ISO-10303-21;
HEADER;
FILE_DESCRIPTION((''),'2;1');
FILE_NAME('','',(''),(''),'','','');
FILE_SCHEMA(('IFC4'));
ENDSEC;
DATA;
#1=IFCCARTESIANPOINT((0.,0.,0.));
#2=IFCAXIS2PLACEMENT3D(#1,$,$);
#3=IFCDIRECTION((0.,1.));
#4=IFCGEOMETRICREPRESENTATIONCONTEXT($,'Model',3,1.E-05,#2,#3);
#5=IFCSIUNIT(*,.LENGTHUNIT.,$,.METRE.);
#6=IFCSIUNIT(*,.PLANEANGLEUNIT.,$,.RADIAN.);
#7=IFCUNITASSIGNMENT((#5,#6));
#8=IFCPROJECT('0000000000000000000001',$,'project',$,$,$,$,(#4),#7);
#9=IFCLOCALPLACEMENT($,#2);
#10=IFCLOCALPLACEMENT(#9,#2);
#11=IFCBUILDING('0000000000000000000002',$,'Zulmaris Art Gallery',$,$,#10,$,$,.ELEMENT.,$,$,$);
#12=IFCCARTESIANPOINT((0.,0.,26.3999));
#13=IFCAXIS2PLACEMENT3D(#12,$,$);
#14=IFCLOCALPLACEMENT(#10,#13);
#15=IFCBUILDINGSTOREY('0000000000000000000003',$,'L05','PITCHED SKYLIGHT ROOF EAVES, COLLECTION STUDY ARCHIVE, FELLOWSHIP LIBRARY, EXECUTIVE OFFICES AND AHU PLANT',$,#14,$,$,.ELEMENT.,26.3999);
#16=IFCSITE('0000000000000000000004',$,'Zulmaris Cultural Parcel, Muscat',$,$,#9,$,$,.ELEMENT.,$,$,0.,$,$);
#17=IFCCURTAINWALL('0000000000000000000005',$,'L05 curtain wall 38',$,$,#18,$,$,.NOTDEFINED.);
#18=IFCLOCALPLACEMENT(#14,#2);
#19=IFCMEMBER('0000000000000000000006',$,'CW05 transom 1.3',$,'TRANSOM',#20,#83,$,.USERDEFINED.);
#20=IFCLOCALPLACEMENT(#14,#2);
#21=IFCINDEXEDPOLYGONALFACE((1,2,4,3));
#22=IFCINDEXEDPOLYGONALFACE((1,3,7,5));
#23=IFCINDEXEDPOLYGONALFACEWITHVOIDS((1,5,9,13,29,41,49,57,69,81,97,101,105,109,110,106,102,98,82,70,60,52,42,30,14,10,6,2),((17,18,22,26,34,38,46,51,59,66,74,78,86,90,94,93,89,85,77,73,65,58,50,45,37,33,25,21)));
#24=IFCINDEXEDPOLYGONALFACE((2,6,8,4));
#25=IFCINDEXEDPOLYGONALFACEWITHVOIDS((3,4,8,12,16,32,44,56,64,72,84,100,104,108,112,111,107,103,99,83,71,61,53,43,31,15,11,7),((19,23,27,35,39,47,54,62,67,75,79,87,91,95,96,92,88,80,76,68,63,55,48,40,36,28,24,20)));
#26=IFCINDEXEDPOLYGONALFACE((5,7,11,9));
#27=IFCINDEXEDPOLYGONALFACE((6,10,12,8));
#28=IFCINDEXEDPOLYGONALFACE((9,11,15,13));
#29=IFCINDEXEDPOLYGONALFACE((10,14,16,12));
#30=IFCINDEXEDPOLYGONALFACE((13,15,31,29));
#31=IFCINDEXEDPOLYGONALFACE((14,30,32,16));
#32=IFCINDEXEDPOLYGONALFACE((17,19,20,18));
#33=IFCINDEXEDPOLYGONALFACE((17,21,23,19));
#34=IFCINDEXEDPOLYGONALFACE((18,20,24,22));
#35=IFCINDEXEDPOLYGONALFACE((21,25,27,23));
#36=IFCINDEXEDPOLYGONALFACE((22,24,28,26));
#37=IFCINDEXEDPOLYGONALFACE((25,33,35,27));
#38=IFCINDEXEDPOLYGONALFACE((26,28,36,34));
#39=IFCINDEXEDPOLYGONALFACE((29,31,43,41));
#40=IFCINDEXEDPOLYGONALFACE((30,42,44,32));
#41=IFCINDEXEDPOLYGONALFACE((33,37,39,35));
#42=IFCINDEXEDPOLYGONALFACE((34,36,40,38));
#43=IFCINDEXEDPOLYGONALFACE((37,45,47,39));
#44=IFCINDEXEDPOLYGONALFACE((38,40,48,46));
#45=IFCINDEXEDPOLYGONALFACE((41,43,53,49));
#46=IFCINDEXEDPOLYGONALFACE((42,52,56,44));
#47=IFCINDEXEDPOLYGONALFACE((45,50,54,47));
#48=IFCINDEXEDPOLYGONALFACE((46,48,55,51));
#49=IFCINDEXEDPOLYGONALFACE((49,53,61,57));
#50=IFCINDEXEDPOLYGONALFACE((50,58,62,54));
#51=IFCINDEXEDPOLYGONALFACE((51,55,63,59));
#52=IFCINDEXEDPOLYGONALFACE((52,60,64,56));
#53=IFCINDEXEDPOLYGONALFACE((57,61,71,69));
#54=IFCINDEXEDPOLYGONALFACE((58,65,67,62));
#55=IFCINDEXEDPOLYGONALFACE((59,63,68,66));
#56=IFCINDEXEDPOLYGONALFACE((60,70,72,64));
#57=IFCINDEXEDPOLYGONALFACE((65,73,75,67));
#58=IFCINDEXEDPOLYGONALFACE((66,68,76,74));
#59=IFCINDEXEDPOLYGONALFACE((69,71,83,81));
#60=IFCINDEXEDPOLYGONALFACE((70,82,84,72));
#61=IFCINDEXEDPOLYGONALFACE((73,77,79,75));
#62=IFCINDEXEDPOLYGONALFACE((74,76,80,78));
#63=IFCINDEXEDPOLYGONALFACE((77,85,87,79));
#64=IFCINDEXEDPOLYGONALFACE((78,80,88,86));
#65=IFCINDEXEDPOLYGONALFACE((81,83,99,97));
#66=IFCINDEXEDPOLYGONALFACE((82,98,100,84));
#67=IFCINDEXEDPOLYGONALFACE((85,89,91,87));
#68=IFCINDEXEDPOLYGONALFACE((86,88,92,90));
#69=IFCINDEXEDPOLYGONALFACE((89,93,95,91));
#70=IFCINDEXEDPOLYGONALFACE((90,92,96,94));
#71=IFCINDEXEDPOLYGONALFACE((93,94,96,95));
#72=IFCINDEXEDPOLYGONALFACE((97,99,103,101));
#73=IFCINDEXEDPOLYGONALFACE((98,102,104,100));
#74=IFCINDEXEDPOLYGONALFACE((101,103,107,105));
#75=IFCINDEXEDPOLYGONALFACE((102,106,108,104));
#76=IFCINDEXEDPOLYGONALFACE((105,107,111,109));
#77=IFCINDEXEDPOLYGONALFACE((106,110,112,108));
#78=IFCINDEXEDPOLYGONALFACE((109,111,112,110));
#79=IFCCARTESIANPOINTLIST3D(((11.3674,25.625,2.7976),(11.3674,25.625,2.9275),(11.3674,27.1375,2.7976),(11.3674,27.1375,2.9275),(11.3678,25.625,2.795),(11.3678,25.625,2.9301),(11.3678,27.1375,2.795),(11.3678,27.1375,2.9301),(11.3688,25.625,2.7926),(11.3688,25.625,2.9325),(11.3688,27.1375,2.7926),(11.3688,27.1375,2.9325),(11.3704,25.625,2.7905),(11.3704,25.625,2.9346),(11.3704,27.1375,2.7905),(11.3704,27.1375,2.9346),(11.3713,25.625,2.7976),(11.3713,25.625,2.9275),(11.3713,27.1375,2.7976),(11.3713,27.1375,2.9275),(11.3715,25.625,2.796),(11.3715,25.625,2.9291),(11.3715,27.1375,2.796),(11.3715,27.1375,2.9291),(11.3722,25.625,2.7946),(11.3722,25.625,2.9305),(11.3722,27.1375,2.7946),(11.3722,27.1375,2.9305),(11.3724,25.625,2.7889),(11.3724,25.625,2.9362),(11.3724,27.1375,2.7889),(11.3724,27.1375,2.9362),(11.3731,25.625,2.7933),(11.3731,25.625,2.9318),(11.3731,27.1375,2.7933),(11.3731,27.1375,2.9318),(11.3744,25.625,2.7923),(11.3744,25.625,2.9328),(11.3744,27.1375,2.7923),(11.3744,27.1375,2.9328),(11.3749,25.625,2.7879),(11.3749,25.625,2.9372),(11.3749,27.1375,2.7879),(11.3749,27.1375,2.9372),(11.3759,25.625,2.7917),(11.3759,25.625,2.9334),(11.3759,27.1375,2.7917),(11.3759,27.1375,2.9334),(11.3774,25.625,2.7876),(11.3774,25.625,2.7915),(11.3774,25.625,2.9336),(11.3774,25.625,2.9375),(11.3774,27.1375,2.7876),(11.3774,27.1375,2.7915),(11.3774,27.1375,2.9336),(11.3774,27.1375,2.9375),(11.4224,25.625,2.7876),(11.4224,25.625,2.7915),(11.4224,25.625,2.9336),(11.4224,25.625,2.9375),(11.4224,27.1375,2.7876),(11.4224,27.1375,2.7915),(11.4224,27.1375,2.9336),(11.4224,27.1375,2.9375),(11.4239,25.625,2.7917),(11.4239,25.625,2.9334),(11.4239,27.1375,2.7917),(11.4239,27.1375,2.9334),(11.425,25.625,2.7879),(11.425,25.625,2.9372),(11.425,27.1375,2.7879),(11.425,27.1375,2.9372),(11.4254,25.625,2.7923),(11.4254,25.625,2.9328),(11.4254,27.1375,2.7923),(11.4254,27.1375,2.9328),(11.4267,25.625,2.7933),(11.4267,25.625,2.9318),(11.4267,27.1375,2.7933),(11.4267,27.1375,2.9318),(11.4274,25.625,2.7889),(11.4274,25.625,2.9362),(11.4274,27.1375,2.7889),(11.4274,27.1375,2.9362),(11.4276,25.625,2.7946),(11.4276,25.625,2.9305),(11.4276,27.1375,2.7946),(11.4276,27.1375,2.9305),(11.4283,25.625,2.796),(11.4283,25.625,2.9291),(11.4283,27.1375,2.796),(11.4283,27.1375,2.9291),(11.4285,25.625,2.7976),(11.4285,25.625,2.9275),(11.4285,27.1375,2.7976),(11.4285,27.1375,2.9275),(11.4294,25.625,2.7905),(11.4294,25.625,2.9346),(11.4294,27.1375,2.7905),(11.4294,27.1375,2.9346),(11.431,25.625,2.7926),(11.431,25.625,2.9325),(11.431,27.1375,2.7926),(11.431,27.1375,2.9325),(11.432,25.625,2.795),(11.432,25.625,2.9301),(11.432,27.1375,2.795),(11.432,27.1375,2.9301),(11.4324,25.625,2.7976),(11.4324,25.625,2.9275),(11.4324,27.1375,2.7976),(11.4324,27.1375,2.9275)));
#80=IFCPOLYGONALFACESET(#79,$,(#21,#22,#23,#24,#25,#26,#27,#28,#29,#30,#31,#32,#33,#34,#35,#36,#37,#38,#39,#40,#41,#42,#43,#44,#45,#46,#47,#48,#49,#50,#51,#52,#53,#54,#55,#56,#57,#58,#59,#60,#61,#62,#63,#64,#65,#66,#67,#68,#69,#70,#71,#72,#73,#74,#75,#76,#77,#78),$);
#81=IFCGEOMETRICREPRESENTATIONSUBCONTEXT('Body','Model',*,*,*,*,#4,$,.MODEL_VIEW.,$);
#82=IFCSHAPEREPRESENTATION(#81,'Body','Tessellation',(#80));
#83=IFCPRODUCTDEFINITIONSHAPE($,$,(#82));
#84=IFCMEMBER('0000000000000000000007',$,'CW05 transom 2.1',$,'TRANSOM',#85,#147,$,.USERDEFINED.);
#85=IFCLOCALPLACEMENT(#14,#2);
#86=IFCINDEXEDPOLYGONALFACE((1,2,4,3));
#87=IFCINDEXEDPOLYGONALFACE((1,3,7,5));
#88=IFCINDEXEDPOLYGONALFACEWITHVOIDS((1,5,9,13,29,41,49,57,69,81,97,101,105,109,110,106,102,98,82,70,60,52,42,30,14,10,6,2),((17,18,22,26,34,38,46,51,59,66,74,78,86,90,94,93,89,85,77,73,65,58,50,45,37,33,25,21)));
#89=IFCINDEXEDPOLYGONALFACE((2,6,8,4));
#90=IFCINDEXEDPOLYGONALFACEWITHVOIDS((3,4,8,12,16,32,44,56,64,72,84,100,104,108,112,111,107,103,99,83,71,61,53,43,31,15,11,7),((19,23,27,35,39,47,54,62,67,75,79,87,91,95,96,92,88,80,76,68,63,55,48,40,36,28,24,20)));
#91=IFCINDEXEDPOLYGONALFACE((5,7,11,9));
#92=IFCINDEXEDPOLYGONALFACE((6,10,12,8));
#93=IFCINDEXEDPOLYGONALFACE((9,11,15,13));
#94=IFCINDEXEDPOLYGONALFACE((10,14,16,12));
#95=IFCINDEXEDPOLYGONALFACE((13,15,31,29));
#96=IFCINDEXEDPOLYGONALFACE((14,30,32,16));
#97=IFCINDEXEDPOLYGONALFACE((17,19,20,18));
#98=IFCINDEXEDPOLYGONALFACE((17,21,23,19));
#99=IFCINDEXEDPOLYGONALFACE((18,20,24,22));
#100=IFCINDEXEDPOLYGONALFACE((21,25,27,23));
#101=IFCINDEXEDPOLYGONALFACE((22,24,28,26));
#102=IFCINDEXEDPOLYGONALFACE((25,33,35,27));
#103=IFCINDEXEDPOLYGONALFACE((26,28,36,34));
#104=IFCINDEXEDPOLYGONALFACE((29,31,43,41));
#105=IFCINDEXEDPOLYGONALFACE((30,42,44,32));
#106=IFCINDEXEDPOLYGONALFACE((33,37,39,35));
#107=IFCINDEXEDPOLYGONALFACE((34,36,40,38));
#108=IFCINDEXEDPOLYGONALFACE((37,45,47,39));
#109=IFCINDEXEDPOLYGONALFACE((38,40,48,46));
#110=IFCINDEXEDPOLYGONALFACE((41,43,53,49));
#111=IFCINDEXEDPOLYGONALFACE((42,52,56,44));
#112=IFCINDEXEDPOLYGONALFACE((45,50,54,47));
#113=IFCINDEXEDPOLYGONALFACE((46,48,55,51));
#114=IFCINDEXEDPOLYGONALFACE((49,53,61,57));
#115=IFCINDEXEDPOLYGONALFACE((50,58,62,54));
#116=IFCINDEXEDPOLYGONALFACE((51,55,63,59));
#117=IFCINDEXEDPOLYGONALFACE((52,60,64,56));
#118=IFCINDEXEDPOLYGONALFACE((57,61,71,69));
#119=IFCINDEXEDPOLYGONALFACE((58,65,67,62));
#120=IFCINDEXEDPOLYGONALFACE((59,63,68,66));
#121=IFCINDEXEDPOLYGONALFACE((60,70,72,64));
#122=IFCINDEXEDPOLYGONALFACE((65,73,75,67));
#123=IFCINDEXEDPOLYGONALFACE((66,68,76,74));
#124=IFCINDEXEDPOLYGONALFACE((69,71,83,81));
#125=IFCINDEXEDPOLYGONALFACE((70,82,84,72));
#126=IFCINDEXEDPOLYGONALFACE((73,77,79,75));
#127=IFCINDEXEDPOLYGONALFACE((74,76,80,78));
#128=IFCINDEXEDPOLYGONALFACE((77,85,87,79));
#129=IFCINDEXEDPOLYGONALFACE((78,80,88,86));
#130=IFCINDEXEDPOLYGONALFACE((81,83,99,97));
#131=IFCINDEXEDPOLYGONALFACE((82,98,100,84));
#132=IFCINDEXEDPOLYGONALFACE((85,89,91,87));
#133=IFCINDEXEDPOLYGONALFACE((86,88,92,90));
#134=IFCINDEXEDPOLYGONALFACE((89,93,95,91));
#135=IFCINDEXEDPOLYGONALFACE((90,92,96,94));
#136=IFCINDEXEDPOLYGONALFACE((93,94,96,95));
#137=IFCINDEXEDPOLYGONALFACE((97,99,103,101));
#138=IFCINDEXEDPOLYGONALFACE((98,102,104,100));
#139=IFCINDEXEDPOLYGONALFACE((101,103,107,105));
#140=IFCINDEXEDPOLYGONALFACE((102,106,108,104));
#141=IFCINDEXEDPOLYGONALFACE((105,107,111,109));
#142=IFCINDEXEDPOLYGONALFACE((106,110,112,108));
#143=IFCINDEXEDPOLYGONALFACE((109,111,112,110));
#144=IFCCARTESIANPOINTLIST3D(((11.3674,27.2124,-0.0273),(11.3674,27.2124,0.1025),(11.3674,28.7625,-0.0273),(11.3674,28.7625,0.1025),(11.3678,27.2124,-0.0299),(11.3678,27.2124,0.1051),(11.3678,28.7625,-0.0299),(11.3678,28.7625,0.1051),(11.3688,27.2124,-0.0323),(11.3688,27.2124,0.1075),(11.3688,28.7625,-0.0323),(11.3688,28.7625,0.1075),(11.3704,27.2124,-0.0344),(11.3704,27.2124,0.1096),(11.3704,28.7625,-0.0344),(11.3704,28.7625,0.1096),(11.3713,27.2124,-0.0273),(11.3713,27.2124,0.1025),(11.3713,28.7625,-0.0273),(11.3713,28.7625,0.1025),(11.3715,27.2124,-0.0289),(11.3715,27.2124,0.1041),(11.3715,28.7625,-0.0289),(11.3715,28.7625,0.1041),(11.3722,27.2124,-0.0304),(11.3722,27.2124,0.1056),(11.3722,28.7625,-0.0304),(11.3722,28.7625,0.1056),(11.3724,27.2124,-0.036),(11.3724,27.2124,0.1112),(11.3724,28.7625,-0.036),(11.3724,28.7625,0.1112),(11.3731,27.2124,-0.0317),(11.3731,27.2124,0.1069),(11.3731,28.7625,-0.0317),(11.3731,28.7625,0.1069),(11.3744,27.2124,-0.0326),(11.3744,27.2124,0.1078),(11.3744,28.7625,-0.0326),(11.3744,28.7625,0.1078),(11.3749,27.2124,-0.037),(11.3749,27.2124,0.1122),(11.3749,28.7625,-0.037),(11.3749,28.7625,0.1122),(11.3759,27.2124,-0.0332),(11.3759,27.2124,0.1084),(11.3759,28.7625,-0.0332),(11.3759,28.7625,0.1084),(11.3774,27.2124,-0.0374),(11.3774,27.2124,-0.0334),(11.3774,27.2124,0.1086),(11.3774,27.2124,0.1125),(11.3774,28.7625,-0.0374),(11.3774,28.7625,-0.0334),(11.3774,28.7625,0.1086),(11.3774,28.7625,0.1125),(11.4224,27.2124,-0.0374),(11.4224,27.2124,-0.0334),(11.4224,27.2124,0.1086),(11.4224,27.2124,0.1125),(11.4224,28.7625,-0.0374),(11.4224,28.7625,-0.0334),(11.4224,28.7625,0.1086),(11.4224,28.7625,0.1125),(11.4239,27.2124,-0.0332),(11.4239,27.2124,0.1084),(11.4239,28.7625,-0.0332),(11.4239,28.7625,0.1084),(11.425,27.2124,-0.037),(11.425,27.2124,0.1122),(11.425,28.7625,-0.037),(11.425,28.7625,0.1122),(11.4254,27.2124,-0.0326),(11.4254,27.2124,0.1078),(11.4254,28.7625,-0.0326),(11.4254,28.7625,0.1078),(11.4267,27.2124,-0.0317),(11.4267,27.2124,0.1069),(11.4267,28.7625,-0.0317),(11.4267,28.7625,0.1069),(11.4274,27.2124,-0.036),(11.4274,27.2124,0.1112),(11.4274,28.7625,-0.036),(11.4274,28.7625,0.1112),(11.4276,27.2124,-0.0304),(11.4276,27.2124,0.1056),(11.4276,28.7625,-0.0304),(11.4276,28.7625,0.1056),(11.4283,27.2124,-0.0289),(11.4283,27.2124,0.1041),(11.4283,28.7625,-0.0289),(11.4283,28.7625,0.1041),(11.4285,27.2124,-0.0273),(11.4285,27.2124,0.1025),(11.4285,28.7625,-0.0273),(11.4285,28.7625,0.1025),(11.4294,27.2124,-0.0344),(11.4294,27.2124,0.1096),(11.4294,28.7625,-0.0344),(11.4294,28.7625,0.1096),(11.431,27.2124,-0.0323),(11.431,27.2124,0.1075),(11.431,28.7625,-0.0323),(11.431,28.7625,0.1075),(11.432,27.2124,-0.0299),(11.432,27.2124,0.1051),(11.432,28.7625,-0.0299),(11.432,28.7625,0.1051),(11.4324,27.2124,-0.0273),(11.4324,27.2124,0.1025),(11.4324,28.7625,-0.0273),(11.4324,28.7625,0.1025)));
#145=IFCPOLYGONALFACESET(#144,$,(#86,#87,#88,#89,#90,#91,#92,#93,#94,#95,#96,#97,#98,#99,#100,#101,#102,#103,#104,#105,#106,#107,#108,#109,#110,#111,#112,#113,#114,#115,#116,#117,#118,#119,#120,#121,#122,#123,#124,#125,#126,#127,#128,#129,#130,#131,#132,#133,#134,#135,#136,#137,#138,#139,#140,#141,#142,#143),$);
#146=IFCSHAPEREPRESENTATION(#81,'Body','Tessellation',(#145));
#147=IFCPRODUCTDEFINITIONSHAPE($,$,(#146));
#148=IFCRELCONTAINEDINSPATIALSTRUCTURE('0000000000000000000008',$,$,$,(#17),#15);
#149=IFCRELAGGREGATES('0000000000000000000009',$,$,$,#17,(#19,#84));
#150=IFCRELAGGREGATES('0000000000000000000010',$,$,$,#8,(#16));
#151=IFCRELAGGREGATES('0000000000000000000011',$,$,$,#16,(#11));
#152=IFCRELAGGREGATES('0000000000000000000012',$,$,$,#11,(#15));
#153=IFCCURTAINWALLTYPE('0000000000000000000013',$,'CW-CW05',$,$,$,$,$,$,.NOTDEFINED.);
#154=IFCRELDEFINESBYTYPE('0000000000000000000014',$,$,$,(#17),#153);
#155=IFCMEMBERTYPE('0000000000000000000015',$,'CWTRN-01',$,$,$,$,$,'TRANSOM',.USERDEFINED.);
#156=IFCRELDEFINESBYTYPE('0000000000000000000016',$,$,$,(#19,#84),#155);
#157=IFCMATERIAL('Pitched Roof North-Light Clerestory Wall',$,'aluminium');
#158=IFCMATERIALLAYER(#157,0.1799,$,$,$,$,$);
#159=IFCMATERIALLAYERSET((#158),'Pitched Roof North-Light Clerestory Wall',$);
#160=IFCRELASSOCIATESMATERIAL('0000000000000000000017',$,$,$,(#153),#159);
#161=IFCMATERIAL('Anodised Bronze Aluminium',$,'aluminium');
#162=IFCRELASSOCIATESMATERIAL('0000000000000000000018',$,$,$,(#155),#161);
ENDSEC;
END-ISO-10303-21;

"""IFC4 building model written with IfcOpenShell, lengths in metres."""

from ifc_helpers import new_model, si_unit, direction, frame, origin, origin_2d, place, context, subcontext, project, spatial, hollow_rectangle, extrude, material, layer, layer_set, material_profile, profile_set, type_object, element, aggregate, save


model = new_model("IFC4")

# Units and contexts
model_context = context("Model", 3, precision=1e-05, world=origin(), true_north=direction((0.0, 1.0)))
body_context = subcontext(model_context, "Body", "Model", "MODEL_VIEW")
ifc_project = project(units=[si_unit("LENGTHUNIT", "METRE"), si_unit("PLANEANGLEUNIT", "RADIAN")], contexts=[model_context])

# Site, building, storey
site_placement = place(None, origin())
site = spatial("IfcSite", under=ifc_project, at=site_placement, Name="Zulmaris Cultural Parcel, Muscat", CompositionType="ELEMENT", RefElevation=0.0)
building_placement = place(site_placement, origin())
building = spatial("IfcBuilding", under=site, at=building_placement, Name="Zulmaris Art Gallery", CompositionType="ELEMENT")
storey_placement = place(building_placement, frame((0.0, 0.0, 26.3999)))
storey = spatial("IfcBuildingStorey", under=building, at=storey_placement, Name="L05", Description="PITCHED SKYLIGHT ROOF EAVES, COLLECTION STUDY ARCHIVE, FELLOWSHIP LIBRARY, EXECUTIVE OFFICES AND AHU PLANT", CompositionType="ELEMENT", Elevation=26.3999)

# Curtain wall, members
ifc_material_1 = material(Name="Pitched Roof North-Light Clerestory Wall", Category="aluminium")
ifc_layer_1 = layer(ifc_material_1, 0.1799)
ifc_layer_set_1 = layer_set([ifc_layer_1], Name="Pitched Roof North-Light Clerestory Wall")
curtain_wall_type = type_object("IfcCurtainWallType", Name="CW-CW05", PredefinedType="NOTDEFINED", material=ifc_layer_set_1)
curtain_wall_placement = place(storey_placement, origin())
curtain_wall = element("IfcCurtainWall", 1, at=curtain_wall_placement, inside=storey, type_object=curtain_wall_type, Name="L05 curtain wall 38", PredefinedType="NOTDEFINED")
ifc_material_2 = material(Name="Anodised Bronze Aluminium", Category="aluminium")
ifc_material_profile_1 = material_profile(ifc_material_2, hollow_rectangle(XDim=0.0649, YDim=0.1499, WallThickness=0.0039, InnerFilletRadius=0.0061, OuterFilletRadius=0.01, at=origin_2d()), Name="ALU 65x150x4")
ifc_profile_set_1 = profile_set([ifc_material_profile_1], Name="Anodised Bronze Aluminium")
member_type_1 = type_object("IfcMemberType", Name="CWTRN-01", ElementType="TRANSOM", PredefinedType="USERDEFINED", material=ifc_profile_set_1)
member_1_placement = place(storey_placement, frame((11.3999, 25.625, 2.8625), z_axis=(0.0, 1.0, 0.0), x_axis=(-1.0, 0.0, 0.0)))
member_1 = element("IfcMember", 2, at=member_1_placement, type_object=member_type_1, Name="CW05 transom 1.3", ObjectType="TRANSOM", PredefinedType="USERDEFINED", context=body_context, shape_type="SweptSolid", body=[
    extrude(hollow_rectangle(XDim=0.0649, YDim=0.1499, WallThickness=0.0039, InnerFilletRadius=0.0061, OuterFilletRadius=0.01, at=origin_2d()), origin(), (0.0, 0.0, 1.0), 1.5125),
])
member_2_placement = place(storey_placement, frame((11.3999, 27.2124, 0.0376), z_axis=(0.0, 1.0, 0.0), x_axis=(-1.0, 0.0, 0.0)))
member_2 = element("IfcMember", 3, at=member_2_placement, type_object=member_type_1, Name="CW05 transom 2.1", ObjectType="TRANSOM", PredefinedType="USERDEFINED", context=body_context, shape_type="SweptSolid", body=[
    extrude(hollow_rectangle(XDim=0.0649, YDim=0.1499, WallThickness=0.0039, InnerFilletRadius=0.0061, OuterFilletRadius=0.01, at=origin_2d()), origin(), (0.0, 0.0, 1.0), 1.55),
])

aggregate(curtain_wall, [member_1, member_2])

save(model, "model.ifc")
